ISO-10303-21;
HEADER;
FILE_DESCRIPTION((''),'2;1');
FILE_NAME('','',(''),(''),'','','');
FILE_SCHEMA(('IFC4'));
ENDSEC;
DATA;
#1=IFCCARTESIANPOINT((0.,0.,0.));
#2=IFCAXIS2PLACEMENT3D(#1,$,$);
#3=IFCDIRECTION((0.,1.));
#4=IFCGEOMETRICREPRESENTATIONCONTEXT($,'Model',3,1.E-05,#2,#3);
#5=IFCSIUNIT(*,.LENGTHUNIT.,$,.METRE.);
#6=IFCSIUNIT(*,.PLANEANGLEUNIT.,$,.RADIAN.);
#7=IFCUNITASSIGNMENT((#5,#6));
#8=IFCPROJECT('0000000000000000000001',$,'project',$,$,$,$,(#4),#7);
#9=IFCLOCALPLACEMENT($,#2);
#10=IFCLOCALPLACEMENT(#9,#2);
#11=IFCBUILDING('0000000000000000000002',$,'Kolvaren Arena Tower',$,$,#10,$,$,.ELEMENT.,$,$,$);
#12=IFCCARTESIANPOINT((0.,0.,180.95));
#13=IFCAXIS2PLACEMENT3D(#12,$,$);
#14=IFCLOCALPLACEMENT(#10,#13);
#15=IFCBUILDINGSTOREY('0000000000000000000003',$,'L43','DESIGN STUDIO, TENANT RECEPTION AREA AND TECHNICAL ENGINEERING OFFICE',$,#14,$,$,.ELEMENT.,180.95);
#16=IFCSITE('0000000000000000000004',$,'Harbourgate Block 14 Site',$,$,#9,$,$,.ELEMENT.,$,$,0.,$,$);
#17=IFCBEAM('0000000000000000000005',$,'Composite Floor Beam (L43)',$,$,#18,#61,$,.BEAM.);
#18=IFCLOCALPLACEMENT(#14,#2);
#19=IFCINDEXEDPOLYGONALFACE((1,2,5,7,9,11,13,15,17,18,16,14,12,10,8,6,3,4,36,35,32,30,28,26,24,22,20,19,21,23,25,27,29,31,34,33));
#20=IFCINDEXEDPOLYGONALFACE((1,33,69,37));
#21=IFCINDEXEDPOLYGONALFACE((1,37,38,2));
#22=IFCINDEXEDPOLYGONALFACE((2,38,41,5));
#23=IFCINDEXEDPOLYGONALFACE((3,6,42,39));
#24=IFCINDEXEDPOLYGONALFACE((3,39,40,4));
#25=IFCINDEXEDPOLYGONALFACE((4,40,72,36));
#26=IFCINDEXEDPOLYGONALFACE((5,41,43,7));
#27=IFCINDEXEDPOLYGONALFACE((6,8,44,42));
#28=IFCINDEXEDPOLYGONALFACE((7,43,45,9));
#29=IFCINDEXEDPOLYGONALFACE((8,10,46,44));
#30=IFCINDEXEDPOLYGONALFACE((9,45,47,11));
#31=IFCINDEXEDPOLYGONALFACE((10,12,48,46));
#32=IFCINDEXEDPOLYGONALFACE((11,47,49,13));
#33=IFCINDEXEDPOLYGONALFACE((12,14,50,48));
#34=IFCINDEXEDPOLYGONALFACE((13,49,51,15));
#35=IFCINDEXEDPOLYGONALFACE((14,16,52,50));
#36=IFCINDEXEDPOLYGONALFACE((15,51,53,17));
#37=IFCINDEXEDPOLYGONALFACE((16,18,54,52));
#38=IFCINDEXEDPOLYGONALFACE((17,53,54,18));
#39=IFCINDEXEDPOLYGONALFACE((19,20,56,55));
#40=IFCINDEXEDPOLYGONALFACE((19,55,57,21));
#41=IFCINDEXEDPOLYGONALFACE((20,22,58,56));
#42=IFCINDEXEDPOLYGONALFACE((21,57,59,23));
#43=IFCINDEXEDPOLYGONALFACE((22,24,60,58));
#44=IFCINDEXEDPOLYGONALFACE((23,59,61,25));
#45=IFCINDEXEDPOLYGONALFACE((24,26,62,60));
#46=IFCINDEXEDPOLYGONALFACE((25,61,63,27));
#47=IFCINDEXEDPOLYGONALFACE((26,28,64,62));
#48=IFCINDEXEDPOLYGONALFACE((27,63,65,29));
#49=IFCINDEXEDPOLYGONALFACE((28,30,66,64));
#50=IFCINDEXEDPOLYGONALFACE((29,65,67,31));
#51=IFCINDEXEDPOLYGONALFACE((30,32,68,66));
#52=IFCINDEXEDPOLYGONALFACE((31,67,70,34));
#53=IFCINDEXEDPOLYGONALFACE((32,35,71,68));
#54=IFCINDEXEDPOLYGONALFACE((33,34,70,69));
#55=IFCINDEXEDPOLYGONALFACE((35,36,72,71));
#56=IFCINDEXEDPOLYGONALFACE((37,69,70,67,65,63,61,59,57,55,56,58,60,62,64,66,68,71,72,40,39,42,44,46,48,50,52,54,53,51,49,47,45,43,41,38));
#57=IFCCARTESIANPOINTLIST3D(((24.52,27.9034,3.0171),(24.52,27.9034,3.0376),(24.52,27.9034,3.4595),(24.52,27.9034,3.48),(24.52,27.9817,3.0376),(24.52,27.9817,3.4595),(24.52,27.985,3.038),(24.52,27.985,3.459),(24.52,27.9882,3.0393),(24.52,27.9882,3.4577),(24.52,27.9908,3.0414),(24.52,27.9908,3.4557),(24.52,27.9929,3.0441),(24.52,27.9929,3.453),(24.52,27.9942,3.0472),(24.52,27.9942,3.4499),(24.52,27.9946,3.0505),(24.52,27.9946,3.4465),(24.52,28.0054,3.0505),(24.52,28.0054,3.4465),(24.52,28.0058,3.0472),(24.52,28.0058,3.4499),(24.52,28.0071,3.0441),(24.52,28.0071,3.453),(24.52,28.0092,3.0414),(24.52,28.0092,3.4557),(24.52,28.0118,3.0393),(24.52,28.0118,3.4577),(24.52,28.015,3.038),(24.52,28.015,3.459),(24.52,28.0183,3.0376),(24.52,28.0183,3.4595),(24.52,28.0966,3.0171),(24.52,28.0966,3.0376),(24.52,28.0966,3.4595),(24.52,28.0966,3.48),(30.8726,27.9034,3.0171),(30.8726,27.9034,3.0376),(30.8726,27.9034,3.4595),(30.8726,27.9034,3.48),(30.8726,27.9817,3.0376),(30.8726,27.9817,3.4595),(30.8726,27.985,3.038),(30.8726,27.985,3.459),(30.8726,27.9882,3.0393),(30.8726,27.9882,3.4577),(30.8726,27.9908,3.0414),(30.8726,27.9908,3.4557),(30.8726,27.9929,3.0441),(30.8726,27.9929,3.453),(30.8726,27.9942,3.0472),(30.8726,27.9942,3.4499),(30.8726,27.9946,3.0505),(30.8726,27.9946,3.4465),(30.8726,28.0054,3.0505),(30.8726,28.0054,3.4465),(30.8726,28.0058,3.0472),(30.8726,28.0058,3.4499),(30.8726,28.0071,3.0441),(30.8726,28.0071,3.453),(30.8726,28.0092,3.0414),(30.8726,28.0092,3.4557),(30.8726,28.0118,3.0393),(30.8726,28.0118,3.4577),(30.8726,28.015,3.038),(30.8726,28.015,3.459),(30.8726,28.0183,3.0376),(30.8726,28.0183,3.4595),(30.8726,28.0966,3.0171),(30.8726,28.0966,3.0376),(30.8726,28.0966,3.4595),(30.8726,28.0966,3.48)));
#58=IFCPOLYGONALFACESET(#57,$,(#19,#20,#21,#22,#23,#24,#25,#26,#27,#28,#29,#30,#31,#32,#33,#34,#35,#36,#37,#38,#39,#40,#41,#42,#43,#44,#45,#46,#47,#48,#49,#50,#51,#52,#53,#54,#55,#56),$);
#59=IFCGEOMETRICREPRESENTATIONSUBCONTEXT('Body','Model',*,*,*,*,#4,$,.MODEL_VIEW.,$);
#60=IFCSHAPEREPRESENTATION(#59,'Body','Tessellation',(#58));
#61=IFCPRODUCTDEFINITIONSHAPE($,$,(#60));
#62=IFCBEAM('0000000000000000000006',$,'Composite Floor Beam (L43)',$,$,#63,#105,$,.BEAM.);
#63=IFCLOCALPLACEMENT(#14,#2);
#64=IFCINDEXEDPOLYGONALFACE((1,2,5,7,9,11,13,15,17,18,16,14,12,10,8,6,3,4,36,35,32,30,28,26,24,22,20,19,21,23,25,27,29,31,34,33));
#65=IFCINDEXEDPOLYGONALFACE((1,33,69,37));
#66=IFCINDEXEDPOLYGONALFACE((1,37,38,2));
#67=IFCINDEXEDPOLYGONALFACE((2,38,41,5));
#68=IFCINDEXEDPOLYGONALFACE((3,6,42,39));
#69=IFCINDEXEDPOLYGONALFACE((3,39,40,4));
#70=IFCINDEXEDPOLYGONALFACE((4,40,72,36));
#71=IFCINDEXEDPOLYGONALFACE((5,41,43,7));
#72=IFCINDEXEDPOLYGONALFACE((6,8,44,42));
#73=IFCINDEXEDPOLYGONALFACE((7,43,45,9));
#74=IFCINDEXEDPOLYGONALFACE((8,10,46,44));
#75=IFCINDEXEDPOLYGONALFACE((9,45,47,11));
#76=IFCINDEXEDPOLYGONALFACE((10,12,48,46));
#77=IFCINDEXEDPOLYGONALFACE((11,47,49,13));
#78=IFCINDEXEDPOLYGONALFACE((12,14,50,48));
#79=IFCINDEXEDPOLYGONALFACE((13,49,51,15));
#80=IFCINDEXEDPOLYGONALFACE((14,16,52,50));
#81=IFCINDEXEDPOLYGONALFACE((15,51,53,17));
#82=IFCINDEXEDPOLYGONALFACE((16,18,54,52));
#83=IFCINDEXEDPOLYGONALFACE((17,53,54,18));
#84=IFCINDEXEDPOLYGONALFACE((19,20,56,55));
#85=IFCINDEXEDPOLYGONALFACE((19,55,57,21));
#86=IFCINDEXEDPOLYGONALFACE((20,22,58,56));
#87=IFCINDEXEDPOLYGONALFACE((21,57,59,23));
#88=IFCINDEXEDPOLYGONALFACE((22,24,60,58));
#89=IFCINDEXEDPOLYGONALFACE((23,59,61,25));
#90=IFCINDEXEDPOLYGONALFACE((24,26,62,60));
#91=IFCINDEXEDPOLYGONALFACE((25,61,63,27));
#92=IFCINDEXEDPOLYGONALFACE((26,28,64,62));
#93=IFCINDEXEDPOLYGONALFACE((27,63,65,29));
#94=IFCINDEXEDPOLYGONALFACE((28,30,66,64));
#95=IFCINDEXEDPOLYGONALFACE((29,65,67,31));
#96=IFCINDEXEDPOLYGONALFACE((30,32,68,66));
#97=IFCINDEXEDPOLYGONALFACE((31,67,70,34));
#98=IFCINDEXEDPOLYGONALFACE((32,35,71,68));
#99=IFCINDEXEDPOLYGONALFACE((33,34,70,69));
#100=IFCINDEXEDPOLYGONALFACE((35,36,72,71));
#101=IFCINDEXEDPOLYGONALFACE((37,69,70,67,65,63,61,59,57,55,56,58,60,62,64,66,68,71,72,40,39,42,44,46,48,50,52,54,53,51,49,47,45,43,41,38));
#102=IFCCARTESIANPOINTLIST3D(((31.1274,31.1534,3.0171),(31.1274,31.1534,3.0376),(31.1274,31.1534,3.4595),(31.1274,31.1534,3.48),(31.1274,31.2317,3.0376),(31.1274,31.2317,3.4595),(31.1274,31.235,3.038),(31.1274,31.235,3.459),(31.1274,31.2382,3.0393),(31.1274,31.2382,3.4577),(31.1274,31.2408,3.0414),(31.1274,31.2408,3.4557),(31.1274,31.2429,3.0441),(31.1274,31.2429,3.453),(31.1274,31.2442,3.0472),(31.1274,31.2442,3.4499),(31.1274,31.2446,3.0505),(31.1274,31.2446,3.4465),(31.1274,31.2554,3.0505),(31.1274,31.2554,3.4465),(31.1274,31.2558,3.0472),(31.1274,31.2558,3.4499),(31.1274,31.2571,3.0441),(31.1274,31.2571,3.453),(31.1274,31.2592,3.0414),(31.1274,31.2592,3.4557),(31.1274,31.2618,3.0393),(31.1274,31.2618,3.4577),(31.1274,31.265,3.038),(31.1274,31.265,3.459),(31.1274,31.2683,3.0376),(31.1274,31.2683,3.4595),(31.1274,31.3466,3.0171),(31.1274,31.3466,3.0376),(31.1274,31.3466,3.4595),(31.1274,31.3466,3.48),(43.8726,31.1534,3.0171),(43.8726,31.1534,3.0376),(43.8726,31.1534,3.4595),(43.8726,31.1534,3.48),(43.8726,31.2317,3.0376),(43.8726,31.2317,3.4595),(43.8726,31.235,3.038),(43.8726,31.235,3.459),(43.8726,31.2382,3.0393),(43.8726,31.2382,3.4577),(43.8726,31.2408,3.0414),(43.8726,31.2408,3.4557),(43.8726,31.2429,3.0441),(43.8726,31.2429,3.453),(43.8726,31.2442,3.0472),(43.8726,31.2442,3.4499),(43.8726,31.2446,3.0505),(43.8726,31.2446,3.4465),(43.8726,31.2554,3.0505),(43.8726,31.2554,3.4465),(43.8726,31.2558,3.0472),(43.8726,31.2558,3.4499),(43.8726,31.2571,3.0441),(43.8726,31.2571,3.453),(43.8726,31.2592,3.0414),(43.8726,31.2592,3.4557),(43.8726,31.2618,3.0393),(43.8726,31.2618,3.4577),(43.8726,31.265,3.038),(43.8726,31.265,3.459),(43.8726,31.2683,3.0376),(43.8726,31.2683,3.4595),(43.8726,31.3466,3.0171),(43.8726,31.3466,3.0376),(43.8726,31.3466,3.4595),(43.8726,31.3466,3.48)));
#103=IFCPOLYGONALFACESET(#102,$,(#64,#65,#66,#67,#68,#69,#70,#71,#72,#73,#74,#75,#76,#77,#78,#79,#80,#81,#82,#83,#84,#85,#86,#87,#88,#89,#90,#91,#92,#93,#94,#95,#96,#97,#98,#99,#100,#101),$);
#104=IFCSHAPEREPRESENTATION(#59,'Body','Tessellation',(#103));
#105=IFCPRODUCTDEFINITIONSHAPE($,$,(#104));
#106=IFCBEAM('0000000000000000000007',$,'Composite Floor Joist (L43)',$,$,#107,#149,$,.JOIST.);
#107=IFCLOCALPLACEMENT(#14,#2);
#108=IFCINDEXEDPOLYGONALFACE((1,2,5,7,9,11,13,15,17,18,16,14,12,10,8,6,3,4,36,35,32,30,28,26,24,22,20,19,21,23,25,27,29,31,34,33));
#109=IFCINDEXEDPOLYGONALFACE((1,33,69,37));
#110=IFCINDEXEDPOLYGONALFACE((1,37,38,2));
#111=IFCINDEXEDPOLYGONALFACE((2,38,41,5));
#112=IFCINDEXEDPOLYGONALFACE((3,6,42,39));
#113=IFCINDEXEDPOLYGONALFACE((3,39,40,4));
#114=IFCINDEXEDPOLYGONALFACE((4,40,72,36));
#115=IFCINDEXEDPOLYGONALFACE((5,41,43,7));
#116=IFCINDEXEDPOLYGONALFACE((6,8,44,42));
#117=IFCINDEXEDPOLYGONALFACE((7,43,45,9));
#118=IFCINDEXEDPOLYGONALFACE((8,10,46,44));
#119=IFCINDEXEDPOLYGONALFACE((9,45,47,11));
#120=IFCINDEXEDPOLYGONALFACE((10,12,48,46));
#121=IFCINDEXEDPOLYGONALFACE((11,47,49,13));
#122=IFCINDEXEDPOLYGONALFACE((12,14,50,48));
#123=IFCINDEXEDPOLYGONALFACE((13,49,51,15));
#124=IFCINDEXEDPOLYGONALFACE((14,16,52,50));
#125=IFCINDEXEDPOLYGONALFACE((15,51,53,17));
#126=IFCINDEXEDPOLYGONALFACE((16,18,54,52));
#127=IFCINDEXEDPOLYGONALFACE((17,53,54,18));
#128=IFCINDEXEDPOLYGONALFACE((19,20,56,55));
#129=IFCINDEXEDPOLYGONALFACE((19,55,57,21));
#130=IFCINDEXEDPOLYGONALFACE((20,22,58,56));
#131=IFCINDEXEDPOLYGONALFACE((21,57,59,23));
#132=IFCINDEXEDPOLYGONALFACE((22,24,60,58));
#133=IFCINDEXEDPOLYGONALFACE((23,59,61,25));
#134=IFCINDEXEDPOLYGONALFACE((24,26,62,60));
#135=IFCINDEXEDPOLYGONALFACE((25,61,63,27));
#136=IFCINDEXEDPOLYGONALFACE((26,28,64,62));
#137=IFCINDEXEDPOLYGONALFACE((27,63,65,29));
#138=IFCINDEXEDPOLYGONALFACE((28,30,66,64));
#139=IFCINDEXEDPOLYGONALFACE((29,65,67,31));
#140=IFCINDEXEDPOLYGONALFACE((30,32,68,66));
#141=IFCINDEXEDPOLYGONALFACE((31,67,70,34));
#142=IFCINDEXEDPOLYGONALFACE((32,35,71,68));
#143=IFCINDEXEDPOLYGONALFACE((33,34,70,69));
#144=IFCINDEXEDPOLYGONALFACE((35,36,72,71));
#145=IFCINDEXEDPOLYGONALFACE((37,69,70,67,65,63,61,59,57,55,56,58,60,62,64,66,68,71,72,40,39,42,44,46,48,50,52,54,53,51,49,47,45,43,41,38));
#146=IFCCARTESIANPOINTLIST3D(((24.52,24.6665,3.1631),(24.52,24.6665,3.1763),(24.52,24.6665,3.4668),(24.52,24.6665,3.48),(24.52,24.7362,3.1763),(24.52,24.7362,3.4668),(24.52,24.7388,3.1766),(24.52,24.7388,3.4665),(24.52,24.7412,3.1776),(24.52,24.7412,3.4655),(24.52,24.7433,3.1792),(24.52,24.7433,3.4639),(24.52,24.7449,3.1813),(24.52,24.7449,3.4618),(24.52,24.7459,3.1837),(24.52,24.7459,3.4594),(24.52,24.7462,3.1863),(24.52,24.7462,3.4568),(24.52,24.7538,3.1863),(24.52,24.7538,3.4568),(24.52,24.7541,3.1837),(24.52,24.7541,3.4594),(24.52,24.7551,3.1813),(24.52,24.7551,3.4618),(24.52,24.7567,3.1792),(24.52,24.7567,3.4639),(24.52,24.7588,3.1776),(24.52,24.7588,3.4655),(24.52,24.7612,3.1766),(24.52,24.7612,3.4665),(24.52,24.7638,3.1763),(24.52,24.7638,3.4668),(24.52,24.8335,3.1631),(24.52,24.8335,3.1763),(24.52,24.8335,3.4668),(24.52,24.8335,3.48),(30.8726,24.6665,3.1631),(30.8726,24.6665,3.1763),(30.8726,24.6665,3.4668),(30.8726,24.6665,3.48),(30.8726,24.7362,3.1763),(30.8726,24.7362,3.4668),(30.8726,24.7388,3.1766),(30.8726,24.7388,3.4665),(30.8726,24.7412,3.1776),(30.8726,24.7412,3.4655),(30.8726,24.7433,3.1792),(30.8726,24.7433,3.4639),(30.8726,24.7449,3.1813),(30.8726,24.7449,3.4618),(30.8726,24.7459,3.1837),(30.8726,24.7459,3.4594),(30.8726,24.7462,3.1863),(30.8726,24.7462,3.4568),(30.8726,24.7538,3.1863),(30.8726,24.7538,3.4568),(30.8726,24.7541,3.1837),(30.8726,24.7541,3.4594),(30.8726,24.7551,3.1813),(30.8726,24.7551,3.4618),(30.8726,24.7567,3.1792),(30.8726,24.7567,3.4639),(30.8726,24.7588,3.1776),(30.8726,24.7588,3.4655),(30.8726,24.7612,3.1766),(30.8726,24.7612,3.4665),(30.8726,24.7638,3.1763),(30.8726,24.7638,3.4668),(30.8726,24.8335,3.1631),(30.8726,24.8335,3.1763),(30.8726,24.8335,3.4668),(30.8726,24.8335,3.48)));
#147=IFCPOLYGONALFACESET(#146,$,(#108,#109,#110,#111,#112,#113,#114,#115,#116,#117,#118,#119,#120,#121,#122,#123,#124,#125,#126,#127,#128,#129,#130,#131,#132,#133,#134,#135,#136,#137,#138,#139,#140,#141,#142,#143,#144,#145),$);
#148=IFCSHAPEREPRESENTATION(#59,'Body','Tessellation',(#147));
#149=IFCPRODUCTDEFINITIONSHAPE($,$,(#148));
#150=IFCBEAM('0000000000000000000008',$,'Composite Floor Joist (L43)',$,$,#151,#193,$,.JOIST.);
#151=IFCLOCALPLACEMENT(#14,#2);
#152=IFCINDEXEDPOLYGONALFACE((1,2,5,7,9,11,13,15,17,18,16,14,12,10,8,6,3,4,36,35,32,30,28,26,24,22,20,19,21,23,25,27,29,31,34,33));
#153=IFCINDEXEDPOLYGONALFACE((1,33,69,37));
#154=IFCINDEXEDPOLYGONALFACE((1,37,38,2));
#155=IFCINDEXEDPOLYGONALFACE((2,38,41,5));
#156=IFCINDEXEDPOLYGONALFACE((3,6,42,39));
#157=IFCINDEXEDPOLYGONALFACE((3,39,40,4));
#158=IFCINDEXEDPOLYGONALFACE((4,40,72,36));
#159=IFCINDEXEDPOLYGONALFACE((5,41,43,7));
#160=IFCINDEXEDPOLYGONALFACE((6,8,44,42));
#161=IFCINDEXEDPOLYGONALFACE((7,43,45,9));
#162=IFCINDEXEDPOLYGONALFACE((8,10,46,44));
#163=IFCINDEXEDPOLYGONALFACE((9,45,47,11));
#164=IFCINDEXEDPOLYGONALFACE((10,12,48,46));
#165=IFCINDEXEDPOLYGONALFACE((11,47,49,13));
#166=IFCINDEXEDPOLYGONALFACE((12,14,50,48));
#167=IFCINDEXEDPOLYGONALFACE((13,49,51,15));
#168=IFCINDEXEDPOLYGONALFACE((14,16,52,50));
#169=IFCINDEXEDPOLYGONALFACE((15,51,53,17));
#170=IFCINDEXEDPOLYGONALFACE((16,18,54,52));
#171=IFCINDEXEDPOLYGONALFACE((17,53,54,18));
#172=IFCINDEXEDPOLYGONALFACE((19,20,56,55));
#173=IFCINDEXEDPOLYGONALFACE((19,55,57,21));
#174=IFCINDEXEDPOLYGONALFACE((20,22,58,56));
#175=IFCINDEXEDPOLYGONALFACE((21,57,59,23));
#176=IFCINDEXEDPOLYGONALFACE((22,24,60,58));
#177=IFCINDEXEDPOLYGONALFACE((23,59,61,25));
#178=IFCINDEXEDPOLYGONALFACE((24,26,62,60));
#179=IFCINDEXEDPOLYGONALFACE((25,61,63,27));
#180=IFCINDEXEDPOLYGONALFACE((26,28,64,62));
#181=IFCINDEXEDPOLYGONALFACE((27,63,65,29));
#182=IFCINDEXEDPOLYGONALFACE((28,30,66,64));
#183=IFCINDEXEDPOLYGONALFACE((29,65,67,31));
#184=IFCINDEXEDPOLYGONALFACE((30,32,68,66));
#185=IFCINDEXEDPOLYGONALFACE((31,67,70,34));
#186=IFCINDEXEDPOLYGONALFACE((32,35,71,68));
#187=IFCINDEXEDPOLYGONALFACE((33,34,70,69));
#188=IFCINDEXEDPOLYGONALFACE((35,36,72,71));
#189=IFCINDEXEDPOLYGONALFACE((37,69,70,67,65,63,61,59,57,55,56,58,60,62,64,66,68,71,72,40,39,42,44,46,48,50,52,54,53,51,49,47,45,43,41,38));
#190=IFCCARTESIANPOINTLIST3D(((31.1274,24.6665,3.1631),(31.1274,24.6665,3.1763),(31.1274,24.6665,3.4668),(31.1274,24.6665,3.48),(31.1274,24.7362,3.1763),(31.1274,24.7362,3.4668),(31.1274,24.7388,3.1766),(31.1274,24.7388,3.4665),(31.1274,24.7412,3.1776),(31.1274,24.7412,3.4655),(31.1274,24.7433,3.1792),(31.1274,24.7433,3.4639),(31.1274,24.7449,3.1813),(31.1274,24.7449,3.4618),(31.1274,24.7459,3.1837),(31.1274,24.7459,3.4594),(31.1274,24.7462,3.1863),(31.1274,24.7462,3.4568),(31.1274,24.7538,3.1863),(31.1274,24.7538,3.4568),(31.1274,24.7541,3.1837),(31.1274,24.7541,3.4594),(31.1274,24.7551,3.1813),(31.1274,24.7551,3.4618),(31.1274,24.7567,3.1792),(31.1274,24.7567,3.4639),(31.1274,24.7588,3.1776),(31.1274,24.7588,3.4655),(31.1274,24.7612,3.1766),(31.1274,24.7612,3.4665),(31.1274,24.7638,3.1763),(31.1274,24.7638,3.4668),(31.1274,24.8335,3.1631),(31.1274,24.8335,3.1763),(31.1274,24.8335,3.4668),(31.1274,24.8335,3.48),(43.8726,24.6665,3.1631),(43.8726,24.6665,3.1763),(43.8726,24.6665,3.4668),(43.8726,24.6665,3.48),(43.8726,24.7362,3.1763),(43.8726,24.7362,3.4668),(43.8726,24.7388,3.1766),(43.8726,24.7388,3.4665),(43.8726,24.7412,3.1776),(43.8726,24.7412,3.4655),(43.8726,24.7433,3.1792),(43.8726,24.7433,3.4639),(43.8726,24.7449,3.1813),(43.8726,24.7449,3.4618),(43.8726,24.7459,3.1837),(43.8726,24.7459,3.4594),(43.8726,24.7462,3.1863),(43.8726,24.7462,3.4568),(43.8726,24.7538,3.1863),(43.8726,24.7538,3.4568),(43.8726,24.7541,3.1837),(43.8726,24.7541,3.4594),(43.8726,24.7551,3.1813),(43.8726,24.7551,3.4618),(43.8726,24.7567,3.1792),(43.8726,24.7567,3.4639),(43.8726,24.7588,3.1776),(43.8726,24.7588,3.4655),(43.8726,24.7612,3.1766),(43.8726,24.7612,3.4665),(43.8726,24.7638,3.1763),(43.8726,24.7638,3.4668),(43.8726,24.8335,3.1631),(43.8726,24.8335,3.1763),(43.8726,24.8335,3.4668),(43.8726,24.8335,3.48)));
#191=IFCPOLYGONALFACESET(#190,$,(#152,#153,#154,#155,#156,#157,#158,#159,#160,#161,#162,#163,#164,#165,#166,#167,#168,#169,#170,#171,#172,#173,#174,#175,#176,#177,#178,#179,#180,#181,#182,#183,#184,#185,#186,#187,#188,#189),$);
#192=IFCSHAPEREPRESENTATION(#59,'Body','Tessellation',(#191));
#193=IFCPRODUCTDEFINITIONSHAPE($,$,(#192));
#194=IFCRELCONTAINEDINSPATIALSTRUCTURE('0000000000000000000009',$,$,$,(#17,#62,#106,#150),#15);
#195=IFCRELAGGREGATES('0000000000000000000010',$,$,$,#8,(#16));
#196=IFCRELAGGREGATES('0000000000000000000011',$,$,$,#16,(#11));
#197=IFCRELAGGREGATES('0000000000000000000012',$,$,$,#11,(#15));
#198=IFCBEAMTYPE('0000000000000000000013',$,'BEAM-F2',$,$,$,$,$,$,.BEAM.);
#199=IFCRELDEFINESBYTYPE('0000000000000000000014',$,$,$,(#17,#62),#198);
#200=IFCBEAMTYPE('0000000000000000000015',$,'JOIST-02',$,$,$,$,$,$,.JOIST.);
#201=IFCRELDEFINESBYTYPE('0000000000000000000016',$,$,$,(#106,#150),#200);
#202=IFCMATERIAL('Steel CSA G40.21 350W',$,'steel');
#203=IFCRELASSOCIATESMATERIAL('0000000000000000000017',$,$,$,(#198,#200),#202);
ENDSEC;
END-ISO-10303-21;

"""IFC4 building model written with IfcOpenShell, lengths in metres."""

from ifc_helpers import new_model, si_unit, direction, frame, origin, origin_2d, place, context, subcontext, project, spatial, i_section, extrude, material, material_profile, profile_set, type_object, element, save


model = new_model("IFC4")

# Units and contexts
model_context = context("Model", 3, precision=1e-05, world=origin(), true_north=direction((0.0, 1.0)))
body_context = subcontext(model_context, "Body", "Model", "MODEL_VIEW")
ifc_project = project(units=[si_unit("LENGTHUNIT", "METRE"), si_unit("PLANEANGLEUNIT", "RADIAN")], contexts=[model_context])

# Site, building, storey
site_placement = place(None, origin())
site = spatial("IfcSite", under=ifc_project, at=site_placement, Name="Harbourgate Block 14 Site", CompositionType="ELEMENT", RefElevation=0.0)
building_placement = place(site_placement, origin())
building = spatial("IfcBuilding", under=site, at=building_placement, Name="Kolvaren Arena Tower", CompositionType="ELEMENT")
storey_placement = place(building_placement, frame((0.0, 0.0, 180.95)))
storey = spatial("IfcBuildingStorey", under=building, at=storey_placement, Name="L43", Description="DESIGN STUDIO, TENANT RECEPTION AREA AND TECHNICAL ENGINEERING OFFICE", CompositionType="ELEMENT", Elevation=180.95)

# Beams
ifc_material_1 = material(Name="Steel CSA G40.21 350W", Category="steel")
ifc_material_profile_1 = material_profile(ifc_material_1, i_section(OverallWidth=0.1931, OverallDepth=0.4629, WebThickness=0.0107, FlangeThickness=0.0205, FilletRadius=0.0129, at=origin_2d()), Name="W460x113")
ifc_profile_set_1 = profile_set([ifc_material_profile_1], Name="Steel CSA G40.21 350W")
beam_type_1 = type_object("IfcBeamType", Name="BEAM-F2", PredefinedType="BEAM", material=ifc_profile_set_1)
beam_1_placement = place(storey_placement, frame((24.52, 28.0, 3.2485), z_axis=(1.0, 0.0, 0.0), x_axis=(0.0, 1.0, 0.0)))
element("IfcBeam", 1, at=beam_1_placement, inside=storey, type_object=beam_type_1, Name="Composite Floor Beam (L43)", PredefinedType="BEAM", context=body_context, shape_type="SweptSolid", body=[
    extrude(i_section(OverallWidth=0.1931, OverallDepth=0.4629, WebThickness=0.0107, FlangeThickness=0.0205, FilletRadius=0.0129, at=origin_2d()), origin(), (0.0, 0.0, 1.0), 6.3525),
])
beam_2_placement = place(storey_placement, frame((31.1274, 31.25, 3.2485), z_axis=(1.0, 0.0, 0.0), x_axis=(0.0, 1.0, 0.0)))
element("IfcBeam", 2, at=beam_2_placement, inside=storey, type_object=beam_type_1, Name="Composite Floor Beam (L43)", PredefinedType="BEAM", context=body_context, shape_type="SweptSolid", body=[
    extrude(i_section(OverallWidth=0.1931, OverallDepth=0.4629, WebThickness=0.0107, FlangeThickness=0.0205, FilletRadius=0.0129, at=origin_2d()), origin(), (0.0, 0.0, 1.0), 12.7451),
])
ifc_material_profile_2 = material_profile(ifc_material_1, i_section(OverallWidth=0.167, OverallDepth=0.3169, WebThickness=0.0076, FlangeThickness=0.0132, FilletRadius=0.01, at=origin_2d()), Name="W310x52")
ifc_profile_set_2 = profile_set([ifc_material_profile_2], Name="Steel CSA G40.21 350W")
beam_type_2 = type_object("IfcBeamType", Name="JOIST-02", PredefinedType="JOIST", material=ifc_profile_set_2)
beam_3_placement = place(storey_placement, frame((24.52, 24.75, 3.3215), z_axis=(1.0, 0.0, 0.0), x_axis=(0.0, 1.0, 0.0)))
element("IfcBeam", 3, at=beam_3_placement, inside=storey, type_object=beam_type_2, Name="Composite Floor Joist (L43)", PredefinedType="JOIST", context=body_context, shape_type="SweptSolid", body=[
    extrude(i_section(OverallWidth=0.167, OverallDepth=0.3169, WebThickness=0.0076, FlangeThickness=0.0132, FilletRadius=0.01, at=origin_2d()), origin(), (0.0, 0.0, 1.0), 6.3525),
])
for number, where, z_axis, x_axis, name in (
    (4, (31.1274, 24.75, 3.3215), (1.0, 0.0, 0.0), (0.0, 1.0, 0.0), "Composite Floor Joist (L43)"),
):
    element("IfcBeam", number, at=place(storey_placement, frame(where, z_axis=z_axis, x_axis=x_axis)), inside=storey, type_object=beam_type_2, Name=name, PredefinedType="JOIST", context=body_context, shape_type="SweptSolid", body=[
        extrude(i_section(OverallWidth=0.167, OverallDepth=0.3169, WebThickness=0.0076, FlangeThickness=0.0132, FilletRadius=0.01, at=origin_2d()), origin(), (0.0, 0.0, 1.0), 12.7451),
    ])

save(model, "model.ifc")
